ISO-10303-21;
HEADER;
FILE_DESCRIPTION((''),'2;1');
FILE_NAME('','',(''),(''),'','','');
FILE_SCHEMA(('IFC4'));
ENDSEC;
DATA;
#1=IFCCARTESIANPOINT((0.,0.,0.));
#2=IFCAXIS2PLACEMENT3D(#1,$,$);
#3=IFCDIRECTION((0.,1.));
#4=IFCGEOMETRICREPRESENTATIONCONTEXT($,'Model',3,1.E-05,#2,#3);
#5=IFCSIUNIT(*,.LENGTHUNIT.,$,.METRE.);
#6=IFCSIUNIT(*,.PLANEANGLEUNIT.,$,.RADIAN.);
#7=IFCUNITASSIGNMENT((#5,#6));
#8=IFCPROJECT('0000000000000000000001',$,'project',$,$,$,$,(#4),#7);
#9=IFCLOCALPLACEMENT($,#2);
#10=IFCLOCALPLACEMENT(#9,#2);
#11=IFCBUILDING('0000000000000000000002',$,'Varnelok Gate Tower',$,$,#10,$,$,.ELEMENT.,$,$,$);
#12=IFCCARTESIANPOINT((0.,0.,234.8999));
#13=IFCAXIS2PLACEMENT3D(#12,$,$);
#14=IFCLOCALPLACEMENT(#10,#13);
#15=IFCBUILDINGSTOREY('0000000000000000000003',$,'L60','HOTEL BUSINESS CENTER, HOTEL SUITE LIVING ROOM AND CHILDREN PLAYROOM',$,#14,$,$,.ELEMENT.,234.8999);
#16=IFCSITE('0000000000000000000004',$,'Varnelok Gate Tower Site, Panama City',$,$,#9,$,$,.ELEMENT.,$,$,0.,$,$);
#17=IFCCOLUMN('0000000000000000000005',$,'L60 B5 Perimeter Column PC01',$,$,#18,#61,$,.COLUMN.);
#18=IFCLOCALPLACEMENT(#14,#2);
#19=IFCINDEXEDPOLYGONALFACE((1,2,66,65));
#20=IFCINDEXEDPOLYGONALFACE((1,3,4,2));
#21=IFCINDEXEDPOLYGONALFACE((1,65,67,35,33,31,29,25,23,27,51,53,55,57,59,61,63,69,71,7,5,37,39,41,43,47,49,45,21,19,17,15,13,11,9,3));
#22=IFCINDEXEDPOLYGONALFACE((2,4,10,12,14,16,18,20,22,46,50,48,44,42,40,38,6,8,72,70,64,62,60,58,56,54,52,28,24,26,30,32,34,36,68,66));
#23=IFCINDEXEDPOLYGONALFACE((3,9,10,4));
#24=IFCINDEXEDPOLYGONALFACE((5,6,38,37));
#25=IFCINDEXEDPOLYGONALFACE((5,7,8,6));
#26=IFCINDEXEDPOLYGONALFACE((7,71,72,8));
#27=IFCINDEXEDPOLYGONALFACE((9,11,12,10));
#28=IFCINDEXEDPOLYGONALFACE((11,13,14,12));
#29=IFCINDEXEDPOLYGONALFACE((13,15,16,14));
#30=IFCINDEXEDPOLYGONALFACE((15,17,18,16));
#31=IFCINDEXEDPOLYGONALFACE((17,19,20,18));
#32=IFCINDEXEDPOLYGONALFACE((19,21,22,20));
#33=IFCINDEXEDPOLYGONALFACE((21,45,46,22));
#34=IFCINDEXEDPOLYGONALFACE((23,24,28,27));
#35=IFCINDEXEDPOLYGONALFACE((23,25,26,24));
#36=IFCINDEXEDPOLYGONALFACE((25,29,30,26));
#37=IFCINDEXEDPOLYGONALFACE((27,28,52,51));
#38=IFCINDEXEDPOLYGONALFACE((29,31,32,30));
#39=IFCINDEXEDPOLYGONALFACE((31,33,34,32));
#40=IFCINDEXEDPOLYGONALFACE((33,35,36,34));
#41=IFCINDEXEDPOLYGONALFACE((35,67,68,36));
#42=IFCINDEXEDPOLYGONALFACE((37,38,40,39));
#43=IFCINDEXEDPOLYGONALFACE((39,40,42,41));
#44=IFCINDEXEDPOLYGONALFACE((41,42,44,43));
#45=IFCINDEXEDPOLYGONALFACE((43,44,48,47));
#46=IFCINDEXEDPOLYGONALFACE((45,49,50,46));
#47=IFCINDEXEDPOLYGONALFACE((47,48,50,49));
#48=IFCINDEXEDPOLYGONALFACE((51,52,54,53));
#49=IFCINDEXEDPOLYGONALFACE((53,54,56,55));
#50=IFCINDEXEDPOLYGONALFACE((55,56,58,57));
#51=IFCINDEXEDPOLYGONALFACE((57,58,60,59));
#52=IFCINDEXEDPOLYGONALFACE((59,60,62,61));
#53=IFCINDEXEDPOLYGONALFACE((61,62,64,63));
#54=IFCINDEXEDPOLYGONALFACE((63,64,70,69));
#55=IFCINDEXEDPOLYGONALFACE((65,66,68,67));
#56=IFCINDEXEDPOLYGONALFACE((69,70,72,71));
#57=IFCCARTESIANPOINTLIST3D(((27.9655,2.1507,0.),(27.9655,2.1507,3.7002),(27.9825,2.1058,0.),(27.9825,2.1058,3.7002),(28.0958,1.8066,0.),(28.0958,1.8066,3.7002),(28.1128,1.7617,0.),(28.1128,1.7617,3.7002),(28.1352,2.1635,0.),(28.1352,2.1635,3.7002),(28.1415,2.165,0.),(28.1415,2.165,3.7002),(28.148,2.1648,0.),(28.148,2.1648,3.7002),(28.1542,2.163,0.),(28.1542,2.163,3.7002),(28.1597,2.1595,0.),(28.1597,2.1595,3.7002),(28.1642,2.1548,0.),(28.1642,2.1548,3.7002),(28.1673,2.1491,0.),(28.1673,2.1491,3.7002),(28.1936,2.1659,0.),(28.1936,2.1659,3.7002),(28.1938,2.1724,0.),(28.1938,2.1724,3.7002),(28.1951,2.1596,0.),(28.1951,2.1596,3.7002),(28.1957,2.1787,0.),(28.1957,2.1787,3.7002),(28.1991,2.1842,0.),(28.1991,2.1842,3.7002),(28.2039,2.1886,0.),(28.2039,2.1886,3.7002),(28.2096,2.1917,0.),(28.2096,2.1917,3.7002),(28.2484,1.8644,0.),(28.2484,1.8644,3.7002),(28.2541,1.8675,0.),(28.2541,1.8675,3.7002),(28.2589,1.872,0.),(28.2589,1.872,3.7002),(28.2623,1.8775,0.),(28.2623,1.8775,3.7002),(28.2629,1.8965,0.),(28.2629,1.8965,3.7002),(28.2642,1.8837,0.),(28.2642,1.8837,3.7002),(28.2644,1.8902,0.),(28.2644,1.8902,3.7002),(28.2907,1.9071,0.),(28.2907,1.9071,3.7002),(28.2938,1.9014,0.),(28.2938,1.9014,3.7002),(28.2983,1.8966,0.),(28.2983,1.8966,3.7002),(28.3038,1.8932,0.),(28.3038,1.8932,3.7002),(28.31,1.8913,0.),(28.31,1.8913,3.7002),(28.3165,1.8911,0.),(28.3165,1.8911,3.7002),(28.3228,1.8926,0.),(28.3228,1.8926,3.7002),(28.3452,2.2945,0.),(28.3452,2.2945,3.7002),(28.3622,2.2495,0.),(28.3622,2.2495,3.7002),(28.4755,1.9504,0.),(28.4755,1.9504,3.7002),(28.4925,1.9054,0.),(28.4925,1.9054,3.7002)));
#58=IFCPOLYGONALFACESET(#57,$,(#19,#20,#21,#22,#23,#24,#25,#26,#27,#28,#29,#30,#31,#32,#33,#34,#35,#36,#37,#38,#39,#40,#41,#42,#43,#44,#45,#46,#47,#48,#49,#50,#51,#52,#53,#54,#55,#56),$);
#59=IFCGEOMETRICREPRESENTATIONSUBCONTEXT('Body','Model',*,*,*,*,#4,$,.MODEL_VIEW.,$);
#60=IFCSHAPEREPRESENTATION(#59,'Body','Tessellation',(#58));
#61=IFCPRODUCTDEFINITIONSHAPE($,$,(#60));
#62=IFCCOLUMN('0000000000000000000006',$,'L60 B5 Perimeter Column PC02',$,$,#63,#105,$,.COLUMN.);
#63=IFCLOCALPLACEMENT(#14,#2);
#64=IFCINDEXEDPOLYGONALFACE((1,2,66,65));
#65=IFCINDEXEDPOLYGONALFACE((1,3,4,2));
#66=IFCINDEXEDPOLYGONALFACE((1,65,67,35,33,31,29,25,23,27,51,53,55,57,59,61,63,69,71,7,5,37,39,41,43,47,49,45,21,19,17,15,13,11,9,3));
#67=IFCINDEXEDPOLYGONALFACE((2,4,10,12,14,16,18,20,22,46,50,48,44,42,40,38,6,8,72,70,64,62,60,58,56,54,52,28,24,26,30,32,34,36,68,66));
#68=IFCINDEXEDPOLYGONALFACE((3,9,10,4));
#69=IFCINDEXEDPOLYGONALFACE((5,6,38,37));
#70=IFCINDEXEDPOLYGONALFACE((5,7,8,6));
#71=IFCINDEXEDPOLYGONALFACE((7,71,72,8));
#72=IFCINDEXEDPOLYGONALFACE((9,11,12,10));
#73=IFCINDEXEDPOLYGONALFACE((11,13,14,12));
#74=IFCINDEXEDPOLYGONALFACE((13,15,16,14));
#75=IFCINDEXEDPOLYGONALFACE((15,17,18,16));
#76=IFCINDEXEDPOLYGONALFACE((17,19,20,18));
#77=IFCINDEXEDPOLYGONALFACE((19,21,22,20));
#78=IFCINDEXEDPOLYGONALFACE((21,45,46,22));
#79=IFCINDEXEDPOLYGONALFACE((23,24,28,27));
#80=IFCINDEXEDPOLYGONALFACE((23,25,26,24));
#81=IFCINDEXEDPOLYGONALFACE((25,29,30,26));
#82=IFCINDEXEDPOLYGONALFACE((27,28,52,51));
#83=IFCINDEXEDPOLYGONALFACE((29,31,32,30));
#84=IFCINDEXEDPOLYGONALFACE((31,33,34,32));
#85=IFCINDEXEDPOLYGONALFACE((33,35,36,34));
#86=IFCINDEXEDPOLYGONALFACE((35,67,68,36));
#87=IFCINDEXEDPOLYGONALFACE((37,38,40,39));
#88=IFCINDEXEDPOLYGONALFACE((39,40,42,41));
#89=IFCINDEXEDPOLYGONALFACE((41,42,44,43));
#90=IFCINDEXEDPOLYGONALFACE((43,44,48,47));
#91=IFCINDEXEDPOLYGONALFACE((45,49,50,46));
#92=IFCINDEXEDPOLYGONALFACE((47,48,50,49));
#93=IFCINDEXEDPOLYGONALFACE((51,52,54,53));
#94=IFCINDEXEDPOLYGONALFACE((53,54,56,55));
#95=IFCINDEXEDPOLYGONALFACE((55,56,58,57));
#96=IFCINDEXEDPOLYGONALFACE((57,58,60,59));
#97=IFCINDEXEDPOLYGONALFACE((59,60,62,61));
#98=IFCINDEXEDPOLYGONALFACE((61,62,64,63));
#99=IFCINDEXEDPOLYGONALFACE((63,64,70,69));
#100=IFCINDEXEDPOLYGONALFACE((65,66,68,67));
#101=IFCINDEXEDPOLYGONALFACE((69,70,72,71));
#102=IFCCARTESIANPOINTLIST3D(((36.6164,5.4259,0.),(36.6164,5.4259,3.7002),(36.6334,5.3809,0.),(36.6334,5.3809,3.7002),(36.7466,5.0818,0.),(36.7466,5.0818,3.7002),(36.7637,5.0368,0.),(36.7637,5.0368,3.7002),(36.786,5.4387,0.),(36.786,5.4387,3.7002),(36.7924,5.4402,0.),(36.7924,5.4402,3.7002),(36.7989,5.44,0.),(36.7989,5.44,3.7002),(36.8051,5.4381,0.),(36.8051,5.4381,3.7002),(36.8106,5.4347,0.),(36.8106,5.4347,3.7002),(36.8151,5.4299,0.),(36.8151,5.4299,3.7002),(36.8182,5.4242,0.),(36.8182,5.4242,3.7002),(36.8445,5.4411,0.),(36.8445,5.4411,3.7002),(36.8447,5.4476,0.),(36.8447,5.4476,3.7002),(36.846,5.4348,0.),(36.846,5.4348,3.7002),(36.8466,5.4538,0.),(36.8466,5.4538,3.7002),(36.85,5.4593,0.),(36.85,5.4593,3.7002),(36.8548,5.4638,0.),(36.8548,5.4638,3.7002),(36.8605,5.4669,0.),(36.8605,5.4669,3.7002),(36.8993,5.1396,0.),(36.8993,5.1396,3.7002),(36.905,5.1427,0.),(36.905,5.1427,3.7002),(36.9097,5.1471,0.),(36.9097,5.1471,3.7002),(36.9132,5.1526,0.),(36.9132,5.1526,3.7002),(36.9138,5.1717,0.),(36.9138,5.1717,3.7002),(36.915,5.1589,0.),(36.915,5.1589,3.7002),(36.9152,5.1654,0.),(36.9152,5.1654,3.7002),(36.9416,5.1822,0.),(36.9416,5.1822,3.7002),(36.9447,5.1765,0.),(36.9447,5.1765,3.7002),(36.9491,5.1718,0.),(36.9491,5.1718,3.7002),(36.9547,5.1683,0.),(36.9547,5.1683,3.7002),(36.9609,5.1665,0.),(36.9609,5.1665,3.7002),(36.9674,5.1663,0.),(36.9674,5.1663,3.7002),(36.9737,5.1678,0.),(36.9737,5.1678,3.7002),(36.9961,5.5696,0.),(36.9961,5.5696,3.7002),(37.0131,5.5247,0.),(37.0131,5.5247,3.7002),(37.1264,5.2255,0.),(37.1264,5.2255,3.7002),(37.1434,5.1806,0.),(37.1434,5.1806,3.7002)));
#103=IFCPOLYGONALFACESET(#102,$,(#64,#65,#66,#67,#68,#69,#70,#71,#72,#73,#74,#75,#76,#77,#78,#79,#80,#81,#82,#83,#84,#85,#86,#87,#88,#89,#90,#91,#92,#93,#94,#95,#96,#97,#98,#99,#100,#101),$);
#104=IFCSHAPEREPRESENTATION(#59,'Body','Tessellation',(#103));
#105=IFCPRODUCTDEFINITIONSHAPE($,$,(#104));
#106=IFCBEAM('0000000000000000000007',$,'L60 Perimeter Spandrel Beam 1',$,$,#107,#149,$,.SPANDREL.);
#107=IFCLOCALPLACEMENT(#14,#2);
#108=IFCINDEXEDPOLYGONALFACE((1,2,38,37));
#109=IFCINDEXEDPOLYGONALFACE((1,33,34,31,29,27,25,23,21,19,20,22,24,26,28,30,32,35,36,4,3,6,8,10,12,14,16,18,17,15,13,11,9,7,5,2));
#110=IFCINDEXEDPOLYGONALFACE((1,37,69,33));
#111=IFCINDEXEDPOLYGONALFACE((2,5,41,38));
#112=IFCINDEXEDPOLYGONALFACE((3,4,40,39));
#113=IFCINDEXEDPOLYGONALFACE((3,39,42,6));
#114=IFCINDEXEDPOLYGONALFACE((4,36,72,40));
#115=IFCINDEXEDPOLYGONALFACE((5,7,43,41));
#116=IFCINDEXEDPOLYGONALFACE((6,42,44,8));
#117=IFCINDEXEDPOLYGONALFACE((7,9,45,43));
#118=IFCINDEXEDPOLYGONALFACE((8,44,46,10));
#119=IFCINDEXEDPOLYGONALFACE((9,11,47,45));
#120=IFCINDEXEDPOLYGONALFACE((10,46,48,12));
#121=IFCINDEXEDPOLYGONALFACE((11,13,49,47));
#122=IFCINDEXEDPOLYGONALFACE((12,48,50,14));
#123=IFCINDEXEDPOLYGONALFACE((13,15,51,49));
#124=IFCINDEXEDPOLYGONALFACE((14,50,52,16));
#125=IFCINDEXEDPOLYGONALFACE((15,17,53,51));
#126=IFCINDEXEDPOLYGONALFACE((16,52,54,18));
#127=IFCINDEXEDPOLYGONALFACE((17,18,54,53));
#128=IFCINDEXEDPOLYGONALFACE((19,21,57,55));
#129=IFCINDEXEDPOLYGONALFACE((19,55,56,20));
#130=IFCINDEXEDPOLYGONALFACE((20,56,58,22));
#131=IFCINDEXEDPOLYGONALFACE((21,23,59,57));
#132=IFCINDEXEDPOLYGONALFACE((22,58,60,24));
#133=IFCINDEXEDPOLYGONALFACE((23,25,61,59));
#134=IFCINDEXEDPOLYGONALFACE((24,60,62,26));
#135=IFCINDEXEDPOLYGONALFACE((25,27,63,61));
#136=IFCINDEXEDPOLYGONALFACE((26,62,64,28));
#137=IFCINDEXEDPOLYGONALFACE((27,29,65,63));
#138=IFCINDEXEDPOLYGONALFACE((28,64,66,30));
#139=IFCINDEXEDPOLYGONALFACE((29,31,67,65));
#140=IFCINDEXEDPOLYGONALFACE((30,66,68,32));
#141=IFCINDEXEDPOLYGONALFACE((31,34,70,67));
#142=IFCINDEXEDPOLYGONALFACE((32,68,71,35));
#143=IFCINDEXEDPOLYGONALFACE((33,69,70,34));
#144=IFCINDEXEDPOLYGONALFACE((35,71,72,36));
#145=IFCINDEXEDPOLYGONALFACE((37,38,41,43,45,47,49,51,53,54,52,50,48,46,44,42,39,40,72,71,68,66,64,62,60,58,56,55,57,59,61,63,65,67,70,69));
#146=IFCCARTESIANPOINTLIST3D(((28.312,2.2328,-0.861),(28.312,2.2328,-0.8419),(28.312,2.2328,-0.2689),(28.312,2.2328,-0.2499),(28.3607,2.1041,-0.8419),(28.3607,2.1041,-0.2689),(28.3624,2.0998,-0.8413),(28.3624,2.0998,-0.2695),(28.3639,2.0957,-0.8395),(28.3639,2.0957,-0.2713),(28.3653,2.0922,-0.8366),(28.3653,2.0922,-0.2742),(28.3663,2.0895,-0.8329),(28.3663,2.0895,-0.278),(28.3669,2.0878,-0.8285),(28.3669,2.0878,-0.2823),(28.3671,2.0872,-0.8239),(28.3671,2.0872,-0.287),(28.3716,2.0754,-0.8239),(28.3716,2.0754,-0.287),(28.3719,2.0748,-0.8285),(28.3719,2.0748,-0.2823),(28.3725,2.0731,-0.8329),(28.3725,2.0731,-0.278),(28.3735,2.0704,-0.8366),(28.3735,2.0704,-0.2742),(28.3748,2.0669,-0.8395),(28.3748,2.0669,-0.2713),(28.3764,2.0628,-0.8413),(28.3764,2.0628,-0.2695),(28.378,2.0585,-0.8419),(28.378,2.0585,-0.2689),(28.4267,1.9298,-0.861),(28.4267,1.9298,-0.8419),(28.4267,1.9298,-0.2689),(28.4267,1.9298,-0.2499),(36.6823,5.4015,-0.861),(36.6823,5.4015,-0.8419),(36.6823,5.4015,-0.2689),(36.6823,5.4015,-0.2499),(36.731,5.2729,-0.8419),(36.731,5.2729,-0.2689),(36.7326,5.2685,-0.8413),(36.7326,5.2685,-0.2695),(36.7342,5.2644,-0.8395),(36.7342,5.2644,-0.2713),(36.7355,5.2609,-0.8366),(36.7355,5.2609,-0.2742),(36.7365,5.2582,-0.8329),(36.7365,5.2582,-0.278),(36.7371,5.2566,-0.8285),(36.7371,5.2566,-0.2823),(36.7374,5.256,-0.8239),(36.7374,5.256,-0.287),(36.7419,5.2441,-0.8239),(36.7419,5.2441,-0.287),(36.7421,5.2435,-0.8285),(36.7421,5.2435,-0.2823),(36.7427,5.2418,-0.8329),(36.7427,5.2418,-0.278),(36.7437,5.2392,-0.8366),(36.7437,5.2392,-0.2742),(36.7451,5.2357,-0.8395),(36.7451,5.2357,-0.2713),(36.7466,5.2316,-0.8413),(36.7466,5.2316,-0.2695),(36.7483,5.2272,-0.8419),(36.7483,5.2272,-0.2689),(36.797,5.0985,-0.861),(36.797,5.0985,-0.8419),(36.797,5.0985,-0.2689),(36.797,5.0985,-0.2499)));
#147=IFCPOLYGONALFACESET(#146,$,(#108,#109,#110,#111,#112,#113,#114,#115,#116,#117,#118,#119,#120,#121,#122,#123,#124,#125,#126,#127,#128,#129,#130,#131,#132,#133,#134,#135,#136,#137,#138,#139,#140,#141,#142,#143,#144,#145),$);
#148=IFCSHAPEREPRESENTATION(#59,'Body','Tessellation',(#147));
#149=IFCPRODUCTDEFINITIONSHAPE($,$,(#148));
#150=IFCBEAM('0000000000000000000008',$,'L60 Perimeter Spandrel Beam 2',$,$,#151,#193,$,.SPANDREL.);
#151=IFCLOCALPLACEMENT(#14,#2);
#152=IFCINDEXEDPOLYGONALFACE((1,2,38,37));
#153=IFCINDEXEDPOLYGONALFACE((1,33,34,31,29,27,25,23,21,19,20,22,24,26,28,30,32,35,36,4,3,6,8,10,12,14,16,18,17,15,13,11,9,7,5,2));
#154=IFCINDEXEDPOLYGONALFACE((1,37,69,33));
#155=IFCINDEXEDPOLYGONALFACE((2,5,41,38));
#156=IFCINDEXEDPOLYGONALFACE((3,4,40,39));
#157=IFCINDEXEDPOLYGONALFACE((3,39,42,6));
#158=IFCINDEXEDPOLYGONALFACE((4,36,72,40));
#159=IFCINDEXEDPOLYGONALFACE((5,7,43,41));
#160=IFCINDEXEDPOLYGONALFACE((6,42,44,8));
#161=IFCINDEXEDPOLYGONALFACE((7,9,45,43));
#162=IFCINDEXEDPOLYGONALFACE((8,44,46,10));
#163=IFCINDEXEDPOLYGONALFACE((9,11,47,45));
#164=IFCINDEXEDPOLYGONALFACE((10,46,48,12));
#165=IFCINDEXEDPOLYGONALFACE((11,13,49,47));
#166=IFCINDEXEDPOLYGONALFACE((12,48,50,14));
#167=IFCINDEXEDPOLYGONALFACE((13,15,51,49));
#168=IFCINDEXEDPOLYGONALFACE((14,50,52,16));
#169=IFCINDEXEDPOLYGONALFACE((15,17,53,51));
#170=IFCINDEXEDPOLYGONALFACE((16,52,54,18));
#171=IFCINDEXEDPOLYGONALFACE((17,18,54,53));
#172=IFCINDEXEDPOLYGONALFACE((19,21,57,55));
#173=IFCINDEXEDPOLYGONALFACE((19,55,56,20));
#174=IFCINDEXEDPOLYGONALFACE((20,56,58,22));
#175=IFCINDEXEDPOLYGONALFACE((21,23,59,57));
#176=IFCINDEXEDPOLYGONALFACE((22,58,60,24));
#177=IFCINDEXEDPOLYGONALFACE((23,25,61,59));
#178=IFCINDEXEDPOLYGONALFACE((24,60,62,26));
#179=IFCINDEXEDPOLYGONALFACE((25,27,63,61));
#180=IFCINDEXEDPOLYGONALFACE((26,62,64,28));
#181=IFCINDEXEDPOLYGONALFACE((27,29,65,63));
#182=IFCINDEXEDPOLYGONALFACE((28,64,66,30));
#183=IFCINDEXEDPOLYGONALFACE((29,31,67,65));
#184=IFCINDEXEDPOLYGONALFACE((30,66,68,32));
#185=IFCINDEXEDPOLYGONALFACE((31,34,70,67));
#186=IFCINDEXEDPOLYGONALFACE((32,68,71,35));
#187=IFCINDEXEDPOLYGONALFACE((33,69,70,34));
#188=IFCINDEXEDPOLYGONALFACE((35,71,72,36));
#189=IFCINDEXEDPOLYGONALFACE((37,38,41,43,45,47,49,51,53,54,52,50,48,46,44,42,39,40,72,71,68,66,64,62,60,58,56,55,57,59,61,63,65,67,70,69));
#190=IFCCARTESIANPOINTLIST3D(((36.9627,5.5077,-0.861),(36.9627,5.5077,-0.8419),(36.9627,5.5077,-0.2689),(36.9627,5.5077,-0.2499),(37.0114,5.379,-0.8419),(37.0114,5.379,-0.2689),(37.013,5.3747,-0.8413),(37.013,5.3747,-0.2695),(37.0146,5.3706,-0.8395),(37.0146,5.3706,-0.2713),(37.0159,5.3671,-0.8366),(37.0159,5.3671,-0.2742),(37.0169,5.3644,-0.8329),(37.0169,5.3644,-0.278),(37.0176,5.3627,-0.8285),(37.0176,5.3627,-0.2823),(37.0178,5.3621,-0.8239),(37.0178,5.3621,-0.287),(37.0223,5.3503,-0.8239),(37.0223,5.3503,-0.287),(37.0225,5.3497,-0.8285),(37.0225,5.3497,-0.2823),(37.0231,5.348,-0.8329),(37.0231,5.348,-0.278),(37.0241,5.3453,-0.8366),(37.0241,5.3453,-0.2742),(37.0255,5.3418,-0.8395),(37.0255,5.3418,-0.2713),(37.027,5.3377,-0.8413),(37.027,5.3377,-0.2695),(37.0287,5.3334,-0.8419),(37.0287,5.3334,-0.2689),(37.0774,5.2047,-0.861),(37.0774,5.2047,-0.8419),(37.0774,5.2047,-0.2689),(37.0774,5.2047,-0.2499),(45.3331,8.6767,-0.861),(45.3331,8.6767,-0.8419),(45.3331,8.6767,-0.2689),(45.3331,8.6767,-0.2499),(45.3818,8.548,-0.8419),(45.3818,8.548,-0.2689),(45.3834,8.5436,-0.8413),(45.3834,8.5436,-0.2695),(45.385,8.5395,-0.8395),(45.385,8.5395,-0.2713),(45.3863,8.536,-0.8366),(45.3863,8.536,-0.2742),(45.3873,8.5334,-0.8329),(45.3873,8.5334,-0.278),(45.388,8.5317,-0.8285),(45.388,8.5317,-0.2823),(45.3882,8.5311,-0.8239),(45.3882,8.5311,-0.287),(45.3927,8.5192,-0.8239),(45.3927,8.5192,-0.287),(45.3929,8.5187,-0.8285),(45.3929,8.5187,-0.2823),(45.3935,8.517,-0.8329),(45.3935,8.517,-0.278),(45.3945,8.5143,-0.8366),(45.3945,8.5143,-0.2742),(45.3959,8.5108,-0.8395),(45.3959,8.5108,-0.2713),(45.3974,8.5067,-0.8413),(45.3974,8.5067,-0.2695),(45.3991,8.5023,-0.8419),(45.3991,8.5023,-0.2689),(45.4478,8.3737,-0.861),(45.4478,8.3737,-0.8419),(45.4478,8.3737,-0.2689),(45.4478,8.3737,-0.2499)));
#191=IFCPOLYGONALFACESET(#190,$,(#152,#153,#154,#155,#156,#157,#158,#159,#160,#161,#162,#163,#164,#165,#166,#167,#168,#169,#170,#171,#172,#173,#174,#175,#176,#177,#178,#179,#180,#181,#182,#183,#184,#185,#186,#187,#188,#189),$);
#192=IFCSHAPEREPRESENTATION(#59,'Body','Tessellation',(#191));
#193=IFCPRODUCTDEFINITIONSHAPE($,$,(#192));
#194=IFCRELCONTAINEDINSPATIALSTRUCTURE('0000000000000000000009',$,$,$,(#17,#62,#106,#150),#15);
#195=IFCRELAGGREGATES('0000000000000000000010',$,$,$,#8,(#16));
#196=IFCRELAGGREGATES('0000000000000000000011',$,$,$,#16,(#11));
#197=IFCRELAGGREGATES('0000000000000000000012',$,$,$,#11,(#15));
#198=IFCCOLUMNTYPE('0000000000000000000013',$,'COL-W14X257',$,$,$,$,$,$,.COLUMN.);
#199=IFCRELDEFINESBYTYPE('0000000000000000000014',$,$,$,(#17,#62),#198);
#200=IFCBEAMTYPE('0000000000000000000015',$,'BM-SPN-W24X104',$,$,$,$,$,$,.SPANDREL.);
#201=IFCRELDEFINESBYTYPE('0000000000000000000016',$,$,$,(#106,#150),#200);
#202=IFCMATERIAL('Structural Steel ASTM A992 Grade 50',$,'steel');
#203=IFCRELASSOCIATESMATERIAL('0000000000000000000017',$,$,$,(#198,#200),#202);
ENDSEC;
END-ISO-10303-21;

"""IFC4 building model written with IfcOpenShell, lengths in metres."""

from ifc_helpers import new_model, si_unit, direction, frame, origin, origin_2d, place, context, subcontext, project, spatial, i_section, extrude, material, material_profile, profile_set, type_object, element, save


model = new_model("IFC4")

# Units and contexts
model_context = context("Model", 3, precision=1e-05, world=origin(), true_north=direction((0.0, 1.0)))
body_context = subcontext(model_context, "Body", "Model", "MODEL_VIEW")
ifc_project = project(units=[si_unit("LENGTHUNIT", "METRE"), si_unit("PLANEANGLEUNIT", "RADIAN")], contexts=[model_context])

# Site, building, storey
site_placement = place(None, origin())
site = spatial("IfcSite", under=ifc_project, at=site_placement, Name="Varnelok Gate Tower Site, Panama City", CompositionType="ELEMENT", RefElevation=0.0)
building_placement = place(site_placement, origin())
building = spatial("IfcBuilding", under=site, at=building_placement, Name="Varnelok Gate Tower", CompositionType="ELEMENT")
storey_placement = place(building_placement, frame((0.0, 0.0, 234.8999)))
storey = spatial("IfcBuildingStorey", under=building, at=storey_placement, Name="L60", Description="HOTEL BUSINESS CENTER, HOTEL SUITE LIVING ROOM AND CHILDREN PLAYROOM", CompositionType="ELEMENT", Elevation=234.8999)

# Columns
ifc_material_1 = material(Name="Structural Steel ASTM A992 Grade 50", Category="steel")
ifc_material_profile_1 = material_profile(ifc_material_1, i_section(OverallWidth=0.406, OverallDepth=0.416, WebThickness=0.0298, FlangeThickness=0.0481, FilletRadius=0.0249, at=origin_2d()), Name="W14X257")
ifc_profile_set_1 = profile_set([ifc_material_profile_1], Name="Structural Steel ASTM A992 Grade 50")
column_type = type_object("IfcColumnType", Name="COL-W14X257", PredefinedType="COLUMN", material=ifc_profile_set_1)
for number, where, z_axis, x_axis, name in (
    (1, (28.229, 2.0281, 0.0), (0.0, 0.0, 1.0), (0.935222, 0.354063, 0.0), "L60 B5 Perimeter Column PC01"),
    (2, (36.8799, 5.3032, 0.0), (0.0, 0.0, 1.0), (0.935222, 0.354063, 0.0), "L60 B5 Perimeter Column PC02"),
):
    element("IfcColumn", number, at=place(storey_placement, frame(where, z_axis=z_axis, x_axis=x_axis)), inside=storey, type_object=column_type, Name=name, PredefinedType="COLUMN", context=body_context, shape_type="SweptSolid", body=[
        extrude(i_section(OverallWidth=0.406, OverallDepth=0.416, WebThickness=0.0298, FlangeThickness=0.0481, FilletRadius=0.0249, at=origin_2d()), origin(), (0.0, 0.0, 1.0), 3.7002),
    ])

# Beams
ifc_material_profile_2 = material_profile(ifc_material_1, i_section(OverallWidth=0.324, OverallDepth=0.6111, WebThickness=0.0127, FlangeThickness=0.019, FilletRadius=0.0181, at=origin_2d()), Name="W24X104")
ifc_profile_set_2 = profile_set([ifc_material_profile_2], Name="Structural Steel ASTM A992 Grade 50")
beam_type = type_object("IfcBeamType", Name="BM-SPN-W24X104", PredefinedType="SPANDREL", material=ifc_profile_set_2)
beam_1_placement = place(storey_placement, frame((28.3694, 2.0813, -0.5554), z_axis=(0.935226, 0.354051, 0.0), x_axis=(-0.354051, 0.935226, 0.0)))
element("IfcBeam", 3, at=beam_1_placement, inside=storey, type_object=beam_type, Name="L60 Perimeter Spandrel Beam 1", PredefinedType="SPANDREL", context=body_context, shape_type="SweptSolid", body=[
    extrude(i_section(OverallWidth=0.324, OverallDepth=0.6111, WebThickness=0.0127, FlangeThickness=0.019, FilletRadius=0.0181, at=origin_2d()), origin(), (0.0, 0.0, 1.0), 8.95),
])
beam_2_placement = place(storey_placement, frame((37.02, 5.3562, -0.5554), z_axis=(0.93522, 0.354066, 0.0), x_axis=(-0.354066, 0.93522, 0.0)))
element("IfcBeam", 4, at=beam_2_placement, inside=storey, type_object=beam_type, Name="L60 Perimeter Spandrel Beam 2", PredefinedType="SPANDREL", context=body_context, shape_type="SweptSolid", body=[
    extrude(i_section(OverallWidth=0.324, OverallDepth=0.6111, WebThickness=0.0127, FlangeThickness=0.019, FilletRadius=0.0181, at=origin_2d()), origin(), (0.0, 0.0, 1.0), 8.9502),
])

save(model, "model.ifc")
